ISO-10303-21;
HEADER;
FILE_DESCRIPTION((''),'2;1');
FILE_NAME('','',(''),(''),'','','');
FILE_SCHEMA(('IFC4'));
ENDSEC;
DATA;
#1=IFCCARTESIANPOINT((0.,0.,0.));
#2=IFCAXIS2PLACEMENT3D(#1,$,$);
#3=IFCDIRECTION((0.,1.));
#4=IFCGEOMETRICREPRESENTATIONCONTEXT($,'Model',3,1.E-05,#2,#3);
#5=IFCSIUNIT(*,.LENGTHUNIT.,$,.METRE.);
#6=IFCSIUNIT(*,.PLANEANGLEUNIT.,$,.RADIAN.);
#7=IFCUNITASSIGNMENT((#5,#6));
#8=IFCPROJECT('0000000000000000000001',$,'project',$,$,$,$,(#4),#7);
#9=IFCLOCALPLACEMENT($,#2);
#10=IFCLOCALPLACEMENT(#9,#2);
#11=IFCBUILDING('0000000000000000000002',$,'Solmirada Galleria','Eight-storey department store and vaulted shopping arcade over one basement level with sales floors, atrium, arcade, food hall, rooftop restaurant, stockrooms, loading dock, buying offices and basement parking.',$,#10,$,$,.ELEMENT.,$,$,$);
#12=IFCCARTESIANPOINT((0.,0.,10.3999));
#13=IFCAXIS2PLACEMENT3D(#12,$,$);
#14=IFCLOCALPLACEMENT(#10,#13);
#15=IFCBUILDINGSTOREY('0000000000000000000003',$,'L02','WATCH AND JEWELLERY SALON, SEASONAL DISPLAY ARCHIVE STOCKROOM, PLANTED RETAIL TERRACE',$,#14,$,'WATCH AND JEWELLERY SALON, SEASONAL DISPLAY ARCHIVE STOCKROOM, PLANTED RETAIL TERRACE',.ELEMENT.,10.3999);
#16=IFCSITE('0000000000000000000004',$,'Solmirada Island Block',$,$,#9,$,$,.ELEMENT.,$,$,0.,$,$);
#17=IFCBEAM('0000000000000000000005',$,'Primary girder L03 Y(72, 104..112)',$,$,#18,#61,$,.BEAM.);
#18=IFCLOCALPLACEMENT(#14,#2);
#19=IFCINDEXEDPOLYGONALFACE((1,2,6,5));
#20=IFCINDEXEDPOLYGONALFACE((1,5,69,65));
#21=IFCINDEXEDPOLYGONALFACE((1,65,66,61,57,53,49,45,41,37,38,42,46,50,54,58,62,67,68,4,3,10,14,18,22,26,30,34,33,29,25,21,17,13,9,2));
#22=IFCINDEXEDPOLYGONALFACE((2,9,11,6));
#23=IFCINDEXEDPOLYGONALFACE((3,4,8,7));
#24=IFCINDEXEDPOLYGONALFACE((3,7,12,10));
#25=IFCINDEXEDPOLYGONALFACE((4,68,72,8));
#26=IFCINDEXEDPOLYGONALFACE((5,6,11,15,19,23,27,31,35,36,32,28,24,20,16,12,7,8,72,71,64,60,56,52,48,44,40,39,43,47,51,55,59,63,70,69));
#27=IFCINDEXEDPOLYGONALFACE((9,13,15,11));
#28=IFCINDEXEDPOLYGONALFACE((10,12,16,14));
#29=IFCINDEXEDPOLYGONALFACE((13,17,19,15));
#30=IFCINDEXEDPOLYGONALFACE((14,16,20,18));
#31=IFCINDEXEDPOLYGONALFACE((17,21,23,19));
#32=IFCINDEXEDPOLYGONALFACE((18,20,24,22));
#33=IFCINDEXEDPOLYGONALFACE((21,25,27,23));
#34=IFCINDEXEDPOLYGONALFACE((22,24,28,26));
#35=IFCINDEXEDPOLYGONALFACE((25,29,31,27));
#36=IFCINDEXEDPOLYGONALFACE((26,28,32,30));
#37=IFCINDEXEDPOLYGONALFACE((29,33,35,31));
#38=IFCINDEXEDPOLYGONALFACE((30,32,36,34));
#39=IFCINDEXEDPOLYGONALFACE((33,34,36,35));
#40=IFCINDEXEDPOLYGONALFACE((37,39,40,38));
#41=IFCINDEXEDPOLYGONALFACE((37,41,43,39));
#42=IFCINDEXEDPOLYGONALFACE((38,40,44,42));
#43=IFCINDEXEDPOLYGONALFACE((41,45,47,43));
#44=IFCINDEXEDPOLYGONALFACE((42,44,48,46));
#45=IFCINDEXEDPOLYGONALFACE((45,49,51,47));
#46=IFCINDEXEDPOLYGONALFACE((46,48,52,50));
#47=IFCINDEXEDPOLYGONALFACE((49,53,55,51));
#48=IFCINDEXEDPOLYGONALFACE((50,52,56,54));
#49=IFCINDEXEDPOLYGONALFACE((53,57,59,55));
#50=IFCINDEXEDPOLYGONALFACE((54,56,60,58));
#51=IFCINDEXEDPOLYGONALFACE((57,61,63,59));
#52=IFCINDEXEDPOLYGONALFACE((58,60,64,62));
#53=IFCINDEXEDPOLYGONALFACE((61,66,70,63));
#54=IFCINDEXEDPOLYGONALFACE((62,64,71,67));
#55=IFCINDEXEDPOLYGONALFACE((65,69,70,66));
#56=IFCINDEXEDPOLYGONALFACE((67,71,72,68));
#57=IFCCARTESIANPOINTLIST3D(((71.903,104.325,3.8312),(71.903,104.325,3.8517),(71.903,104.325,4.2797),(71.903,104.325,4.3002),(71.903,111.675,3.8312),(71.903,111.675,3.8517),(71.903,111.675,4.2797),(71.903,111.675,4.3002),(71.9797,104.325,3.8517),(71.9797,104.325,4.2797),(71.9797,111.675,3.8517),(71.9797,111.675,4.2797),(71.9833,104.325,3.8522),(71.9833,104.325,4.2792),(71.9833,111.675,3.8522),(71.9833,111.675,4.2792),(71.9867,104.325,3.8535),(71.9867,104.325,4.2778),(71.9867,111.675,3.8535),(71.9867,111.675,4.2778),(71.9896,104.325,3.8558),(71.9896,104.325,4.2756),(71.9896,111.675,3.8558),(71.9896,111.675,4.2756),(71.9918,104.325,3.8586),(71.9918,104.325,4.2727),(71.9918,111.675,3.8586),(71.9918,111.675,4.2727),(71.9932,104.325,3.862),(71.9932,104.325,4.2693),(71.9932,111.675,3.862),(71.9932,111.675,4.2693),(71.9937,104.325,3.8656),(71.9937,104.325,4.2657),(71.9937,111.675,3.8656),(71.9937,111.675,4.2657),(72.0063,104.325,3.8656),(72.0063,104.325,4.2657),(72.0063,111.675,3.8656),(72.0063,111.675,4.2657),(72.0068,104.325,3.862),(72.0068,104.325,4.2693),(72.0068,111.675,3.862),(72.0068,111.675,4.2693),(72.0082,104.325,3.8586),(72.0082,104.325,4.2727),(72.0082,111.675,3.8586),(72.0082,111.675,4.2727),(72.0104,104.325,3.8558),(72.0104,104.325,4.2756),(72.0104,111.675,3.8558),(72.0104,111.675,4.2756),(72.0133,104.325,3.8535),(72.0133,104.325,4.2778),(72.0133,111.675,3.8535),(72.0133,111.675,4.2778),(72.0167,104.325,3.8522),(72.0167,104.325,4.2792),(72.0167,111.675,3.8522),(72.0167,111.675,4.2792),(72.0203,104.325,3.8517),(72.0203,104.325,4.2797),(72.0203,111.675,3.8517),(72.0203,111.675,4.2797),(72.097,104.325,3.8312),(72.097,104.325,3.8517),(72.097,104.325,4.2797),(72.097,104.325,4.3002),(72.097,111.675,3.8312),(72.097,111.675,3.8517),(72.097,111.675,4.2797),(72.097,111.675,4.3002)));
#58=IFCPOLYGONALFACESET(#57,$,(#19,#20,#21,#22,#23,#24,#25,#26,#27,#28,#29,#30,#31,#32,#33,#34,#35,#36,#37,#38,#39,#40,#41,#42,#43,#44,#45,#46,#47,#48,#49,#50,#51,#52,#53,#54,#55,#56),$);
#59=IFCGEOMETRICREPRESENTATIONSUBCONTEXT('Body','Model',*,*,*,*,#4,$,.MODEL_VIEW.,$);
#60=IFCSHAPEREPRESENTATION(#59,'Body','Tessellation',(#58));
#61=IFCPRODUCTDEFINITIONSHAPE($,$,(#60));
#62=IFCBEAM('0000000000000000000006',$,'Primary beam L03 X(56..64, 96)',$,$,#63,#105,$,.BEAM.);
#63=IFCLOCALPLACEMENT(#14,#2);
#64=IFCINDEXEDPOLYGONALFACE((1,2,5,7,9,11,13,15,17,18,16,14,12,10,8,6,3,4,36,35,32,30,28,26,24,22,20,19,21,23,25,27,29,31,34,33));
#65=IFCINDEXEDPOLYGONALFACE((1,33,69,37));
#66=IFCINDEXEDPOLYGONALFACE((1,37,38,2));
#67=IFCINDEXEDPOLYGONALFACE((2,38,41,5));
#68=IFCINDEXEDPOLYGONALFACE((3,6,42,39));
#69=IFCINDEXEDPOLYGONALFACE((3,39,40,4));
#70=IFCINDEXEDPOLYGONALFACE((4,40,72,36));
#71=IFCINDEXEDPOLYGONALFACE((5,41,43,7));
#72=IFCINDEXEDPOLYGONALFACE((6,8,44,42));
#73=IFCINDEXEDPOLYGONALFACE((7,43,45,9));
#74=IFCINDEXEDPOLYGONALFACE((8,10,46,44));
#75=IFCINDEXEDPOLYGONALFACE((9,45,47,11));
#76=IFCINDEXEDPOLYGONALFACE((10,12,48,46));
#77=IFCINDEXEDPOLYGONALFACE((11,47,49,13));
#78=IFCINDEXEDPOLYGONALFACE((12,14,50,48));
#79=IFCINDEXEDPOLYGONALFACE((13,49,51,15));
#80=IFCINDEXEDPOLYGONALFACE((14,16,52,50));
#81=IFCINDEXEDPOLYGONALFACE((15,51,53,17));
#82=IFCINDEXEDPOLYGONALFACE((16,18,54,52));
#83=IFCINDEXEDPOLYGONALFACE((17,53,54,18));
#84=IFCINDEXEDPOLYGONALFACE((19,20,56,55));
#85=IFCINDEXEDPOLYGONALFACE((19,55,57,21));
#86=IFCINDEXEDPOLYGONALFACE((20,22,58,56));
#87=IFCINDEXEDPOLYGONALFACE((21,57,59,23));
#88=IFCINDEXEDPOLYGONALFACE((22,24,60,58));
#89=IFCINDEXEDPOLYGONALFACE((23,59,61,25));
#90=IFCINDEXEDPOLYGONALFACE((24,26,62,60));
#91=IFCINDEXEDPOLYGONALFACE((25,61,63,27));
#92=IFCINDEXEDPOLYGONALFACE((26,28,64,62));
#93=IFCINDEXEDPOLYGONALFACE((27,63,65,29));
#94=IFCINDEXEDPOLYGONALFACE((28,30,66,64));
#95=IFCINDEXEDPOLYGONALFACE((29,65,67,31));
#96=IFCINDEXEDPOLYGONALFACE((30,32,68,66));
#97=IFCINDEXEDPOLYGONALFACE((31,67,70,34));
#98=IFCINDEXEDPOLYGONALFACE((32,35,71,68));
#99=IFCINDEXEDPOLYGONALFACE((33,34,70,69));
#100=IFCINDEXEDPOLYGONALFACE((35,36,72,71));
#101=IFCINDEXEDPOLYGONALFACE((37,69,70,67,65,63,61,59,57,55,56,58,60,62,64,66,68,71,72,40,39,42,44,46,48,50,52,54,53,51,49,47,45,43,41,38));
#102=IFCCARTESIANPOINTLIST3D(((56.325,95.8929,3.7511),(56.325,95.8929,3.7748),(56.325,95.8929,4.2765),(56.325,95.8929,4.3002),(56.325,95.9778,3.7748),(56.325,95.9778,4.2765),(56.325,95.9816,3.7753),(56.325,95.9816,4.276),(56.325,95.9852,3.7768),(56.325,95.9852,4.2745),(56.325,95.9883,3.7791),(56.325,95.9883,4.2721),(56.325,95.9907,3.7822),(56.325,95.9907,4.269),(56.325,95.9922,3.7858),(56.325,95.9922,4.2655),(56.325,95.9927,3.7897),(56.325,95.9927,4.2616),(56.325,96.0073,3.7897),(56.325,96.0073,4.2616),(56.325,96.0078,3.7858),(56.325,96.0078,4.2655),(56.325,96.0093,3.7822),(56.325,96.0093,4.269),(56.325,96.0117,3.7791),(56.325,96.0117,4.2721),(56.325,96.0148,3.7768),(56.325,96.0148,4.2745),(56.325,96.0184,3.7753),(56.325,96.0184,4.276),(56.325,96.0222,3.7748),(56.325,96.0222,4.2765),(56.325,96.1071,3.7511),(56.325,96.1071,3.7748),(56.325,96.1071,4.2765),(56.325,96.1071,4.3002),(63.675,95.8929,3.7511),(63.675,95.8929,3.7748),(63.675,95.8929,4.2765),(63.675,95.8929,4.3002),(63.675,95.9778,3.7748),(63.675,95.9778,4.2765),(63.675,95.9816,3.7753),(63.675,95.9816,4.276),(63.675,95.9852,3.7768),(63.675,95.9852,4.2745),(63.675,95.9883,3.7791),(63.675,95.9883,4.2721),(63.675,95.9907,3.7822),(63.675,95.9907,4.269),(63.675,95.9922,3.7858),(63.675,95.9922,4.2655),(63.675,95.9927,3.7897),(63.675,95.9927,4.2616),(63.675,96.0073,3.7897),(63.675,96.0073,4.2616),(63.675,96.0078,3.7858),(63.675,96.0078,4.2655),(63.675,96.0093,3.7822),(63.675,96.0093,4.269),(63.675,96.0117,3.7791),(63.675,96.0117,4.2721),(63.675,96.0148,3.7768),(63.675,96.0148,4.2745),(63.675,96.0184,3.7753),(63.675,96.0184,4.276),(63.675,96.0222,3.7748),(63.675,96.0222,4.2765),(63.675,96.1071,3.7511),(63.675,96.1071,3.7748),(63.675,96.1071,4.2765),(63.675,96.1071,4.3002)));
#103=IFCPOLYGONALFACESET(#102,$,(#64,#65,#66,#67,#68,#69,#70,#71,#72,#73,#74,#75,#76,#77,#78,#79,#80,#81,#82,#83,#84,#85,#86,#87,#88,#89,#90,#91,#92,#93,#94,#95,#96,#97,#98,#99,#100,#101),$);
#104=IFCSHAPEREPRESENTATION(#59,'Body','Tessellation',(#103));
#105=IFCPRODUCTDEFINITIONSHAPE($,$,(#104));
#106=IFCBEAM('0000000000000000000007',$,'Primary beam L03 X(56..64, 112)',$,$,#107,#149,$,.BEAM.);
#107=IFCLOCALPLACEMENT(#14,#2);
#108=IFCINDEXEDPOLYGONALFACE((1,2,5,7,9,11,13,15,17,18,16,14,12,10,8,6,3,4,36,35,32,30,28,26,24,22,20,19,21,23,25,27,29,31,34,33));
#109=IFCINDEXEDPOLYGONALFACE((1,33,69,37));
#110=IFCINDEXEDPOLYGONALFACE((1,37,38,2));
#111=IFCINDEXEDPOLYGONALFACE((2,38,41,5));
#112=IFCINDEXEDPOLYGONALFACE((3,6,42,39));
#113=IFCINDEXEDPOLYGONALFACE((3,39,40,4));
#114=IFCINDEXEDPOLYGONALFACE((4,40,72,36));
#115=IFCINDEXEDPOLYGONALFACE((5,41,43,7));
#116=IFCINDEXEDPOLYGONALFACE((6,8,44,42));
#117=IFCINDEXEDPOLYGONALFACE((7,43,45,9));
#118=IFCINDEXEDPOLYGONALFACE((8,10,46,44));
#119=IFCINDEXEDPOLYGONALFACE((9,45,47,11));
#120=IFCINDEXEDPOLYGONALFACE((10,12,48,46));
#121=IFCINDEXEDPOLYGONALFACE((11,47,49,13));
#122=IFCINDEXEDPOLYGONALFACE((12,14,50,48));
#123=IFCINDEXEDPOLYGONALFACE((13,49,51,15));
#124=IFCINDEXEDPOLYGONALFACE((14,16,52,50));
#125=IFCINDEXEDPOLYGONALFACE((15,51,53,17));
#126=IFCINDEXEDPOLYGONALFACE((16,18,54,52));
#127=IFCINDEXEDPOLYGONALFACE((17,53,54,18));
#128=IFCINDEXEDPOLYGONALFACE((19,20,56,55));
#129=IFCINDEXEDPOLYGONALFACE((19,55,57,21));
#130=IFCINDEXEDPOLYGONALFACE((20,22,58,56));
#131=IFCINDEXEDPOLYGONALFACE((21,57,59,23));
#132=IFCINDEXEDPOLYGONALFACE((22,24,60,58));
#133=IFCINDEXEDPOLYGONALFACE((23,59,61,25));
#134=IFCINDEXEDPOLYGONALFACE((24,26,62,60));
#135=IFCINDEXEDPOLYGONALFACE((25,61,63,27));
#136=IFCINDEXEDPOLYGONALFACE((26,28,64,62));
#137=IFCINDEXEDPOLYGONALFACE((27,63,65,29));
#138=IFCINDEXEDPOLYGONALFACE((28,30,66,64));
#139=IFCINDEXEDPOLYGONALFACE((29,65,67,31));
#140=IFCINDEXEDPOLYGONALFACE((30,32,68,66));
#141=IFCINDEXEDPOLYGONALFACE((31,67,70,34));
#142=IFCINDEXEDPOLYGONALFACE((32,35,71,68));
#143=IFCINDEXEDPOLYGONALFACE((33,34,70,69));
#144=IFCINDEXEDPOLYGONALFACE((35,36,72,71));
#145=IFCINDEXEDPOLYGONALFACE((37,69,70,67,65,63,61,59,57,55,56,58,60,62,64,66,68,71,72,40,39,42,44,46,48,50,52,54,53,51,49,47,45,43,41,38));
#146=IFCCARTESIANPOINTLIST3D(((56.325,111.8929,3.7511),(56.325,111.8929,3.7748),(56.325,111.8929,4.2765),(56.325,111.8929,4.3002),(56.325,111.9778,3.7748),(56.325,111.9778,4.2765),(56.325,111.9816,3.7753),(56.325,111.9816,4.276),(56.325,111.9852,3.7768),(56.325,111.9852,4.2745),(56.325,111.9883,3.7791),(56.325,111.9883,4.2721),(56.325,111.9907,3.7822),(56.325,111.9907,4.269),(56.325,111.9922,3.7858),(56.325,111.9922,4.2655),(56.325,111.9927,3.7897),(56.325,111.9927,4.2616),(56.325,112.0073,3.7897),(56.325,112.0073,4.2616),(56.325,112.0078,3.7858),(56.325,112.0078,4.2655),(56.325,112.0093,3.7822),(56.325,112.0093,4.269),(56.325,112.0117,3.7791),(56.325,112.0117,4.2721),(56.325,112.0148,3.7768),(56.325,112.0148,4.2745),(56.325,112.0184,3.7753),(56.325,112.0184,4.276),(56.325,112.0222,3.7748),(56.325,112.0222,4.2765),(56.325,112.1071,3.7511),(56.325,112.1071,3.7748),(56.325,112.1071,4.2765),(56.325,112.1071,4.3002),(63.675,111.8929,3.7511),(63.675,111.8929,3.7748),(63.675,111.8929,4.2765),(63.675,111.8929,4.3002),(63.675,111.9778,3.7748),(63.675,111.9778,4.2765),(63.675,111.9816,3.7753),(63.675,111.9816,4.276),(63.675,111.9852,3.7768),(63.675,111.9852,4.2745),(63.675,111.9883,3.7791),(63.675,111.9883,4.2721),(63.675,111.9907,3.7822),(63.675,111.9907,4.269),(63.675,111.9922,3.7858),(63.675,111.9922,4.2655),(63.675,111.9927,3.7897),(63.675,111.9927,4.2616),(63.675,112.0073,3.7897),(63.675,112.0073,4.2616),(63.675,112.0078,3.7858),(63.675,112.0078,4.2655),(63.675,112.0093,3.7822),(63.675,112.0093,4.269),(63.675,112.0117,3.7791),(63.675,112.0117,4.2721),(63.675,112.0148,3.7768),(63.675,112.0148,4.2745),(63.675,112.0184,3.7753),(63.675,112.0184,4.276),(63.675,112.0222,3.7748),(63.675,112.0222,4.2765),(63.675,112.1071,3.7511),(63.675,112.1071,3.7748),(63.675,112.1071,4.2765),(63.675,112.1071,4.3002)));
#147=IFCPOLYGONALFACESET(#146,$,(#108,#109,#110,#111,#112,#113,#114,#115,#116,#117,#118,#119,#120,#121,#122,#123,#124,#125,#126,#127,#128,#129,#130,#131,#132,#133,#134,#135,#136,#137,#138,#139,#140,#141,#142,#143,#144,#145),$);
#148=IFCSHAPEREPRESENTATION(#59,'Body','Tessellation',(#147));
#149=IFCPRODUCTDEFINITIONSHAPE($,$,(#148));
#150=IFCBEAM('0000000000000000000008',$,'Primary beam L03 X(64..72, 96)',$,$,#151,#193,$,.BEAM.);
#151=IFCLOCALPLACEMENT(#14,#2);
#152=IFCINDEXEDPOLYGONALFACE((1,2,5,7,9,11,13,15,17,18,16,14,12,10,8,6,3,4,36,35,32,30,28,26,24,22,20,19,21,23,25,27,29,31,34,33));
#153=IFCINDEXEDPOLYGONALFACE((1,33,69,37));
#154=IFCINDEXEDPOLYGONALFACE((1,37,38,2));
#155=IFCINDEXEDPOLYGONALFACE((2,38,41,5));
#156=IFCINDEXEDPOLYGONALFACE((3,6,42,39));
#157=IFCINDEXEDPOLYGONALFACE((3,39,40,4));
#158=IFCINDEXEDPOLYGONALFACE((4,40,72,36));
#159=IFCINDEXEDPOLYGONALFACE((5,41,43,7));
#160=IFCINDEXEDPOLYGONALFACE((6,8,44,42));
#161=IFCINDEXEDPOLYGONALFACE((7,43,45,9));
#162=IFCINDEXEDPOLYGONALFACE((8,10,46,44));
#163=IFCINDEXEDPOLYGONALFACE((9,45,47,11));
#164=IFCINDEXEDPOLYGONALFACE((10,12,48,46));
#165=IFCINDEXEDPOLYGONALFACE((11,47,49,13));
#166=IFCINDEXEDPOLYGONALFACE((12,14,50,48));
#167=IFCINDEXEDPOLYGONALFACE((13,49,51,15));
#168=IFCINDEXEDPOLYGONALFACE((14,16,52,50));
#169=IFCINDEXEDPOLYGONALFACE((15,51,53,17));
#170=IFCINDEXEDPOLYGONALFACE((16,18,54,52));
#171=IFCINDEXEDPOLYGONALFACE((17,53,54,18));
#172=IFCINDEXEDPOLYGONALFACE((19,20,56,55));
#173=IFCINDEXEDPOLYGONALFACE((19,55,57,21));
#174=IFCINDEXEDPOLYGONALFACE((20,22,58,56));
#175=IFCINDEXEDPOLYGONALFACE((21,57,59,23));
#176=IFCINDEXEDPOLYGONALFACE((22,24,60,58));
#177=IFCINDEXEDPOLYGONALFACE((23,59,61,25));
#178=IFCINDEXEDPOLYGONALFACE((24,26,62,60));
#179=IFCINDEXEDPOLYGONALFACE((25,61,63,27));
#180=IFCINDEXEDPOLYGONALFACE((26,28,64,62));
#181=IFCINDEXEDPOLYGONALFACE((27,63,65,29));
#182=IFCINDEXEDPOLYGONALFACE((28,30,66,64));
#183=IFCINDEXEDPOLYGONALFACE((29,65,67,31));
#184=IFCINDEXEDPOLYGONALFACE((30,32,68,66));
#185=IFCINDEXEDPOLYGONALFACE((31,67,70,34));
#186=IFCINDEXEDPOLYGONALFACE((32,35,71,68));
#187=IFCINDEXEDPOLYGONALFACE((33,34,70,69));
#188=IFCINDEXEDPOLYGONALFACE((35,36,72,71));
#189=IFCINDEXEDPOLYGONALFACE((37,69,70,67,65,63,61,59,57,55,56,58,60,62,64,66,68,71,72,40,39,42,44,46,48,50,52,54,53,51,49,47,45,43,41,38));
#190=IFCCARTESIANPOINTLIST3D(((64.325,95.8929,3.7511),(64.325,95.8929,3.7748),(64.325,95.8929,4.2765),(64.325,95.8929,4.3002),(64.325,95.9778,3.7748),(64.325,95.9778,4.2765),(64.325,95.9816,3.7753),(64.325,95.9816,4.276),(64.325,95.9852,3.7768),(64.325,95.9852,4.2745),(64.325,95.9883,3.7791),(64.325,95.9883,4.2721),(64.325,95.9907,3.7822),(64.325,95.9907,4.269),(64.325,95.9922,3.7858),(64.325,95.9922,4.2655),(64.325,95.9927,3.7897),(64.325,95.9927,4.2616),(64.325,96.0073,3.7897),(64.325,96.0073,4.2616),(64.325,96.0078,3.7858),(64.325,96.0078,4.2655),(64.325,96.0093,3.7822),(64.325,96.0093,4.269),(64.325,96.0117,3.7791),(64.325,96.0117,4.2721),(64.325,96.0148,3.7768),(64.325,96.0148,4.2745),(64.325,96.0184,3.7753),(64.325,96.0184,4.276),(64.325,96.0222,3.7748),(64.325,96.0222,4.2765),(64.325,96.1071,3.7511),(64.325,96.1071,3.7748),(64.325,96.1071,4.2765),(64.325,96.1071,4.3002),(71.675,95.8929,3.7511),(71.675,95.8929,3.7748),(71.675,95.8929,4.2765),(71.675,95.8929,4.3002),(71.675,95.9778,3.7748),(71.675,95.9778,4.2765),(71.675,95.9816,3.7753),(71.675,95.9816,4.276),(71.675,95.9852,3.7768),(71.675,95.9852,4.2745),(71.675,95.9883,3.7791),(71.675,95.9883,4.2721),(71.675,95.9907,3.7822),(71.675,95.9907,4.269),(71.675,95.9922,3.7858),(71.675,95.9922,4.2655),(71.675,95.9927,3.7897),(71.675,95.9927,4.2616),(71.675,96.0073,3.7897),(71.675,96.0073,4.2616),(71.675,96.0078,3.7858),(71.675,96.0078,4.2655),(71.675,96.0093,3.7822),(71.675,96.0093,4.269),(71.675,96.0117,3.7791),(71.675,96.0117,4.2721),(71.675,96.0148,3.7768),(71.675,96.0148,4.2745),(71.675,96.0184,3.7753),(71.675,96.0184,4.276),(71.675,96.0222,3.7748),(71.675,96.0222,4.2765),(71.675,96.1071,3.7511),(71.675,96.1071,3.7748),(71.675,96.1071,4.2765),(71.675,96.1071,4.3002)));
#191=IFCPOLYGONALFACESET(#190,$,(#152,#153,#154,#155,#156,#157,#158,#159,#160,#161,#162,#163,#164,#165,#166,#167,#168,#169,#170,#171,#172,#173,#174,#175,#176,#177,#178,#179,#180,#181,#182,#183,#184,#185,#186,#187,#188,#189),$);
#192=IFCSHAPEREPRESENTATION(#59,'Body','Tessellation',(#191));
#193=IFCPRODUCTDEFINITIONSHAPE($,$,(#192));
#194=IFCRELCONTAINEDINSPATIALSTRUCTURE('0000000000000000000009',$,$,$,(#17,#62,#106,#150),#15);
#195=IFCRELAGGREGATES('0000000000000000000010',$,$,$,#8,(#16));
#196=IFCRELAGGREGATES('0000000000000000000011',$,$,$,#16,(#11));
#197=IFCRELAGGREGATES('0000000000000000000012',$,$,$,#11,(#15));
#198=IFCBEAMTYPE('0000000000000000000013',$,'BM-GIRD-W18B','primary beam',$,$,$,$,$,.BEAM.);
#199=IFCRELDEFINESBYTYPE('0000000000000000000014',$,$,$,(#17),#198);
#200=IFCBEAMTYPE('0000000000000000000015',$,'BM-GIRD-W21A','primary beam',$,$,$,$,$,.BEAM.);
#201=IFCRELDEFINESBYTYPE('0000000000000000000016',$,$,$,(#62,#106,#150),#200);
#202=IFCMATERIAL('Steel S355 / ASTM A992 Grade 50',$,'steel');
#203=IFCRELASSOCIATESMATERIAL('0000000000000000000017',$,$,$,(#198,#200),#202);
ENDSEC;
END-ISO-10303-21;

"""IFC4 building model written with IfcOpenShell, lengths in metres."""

from ifc_helpers import new_model, si_unit, direction, frame, origin, origin_2d, place, context, subcontext, project, spatial, i_section, extrude, material, material_profile, profile_set, type_object, element, save


model = new_model("IFC4")

# Units and contexts
model_context = context("Model", 3, precision=1e-05, world=origin(), true_north=direction((0.0, 1.0)))
body_context = subcontext(model_context, "Body", "Model", "MODEL_VIEW")
ifc_project = project(units=[si_unit("LENGTHUNIT", "METRE"), si_unit("PLANEANGLEUNIT", "RADIAN")], contexts=[model_context])

# Site, building, storey
site_placement = place(None, origin())
site = spatial("IfcSite", under=ifc_project, at=site_placement, Name="Solmirada Island Block", CompositionType="ELEMENT", RefElevation=0.0)
building_placement = place(site_placement, origin())
building = spatial("IfcBuilding", under=site, at=building_placement, Name="Solmirada Galleria", Description="Eight-storey department store and vaulted shopping arcade over one basement level with sales floors, atrium, arcade, food hall, rooftop restaurant, stockrooms, loading dock, buying offices and basement parking.", CompositionType="ELEMENT")
storey_placement = place(building_placement, frame((0.0, 0.0, 10.3999)))
storey = spatial("IfcBuildingStorey", under=building, at=storey_placement, Name="L02", Description="WATCH AND JEWELLERY SALON, SEASONAL DISPLAY ARCHIVE STOCKROOM, PLANTED RETAIL TERRACE", LongName="WATCH AND JEWELLERY SALON, SEASONAL DISPLAY ARCHIVE STOCKROOM, PLANTED RETAIL TERRACE", CompositionType="ELEMENT", Elevation=10.3999)

# Beams
ifc_material_1 = material(Name="Steel S355 / ASTM A992 Grade 50", Category="steel")
ifc_material_profile_1 = material_profile(ifc_material_1, i_section(OverallWidth=0.1941, OverallDepth=0.469, WebThickness=0.0127, FlangeThickness=0.0205, FilletRadius=0.0139, at=origin_2d()), Name="W18X71")
ifc_profile_set_1 = profile_set([ifc_material_profile_1], Name="Steel S355 / ASTM A992 Grade 50")
beam_type_1 = type_object("IfcBeamType", Name="BM-GIRD-W18B", Description="primary beam", PredefinedType="BEAM", material=ifc_profile_set_1)
for number, where, z_axis, x_axis, name in (
    (1, (72.0, 104.325, 4.0657), (0.0, 1.0, 0.0), (-1.0, 0.0, 0.0), "Primary girder L03 Y(72, 104..112)"),
):
    element("IfcBeam", number, at=place(storey_placement, frame(where, z_axis=z_axis, x_axis=x_axis)), inside=storey, type_object=beam_type_1, Name=name, PredefinedType="BEAM", context=body_context, shape_type="SweptSolid", body=[
        extrude(i_section(OverallWidth=0.1941, OverallDepth=0.469, WebThickness=0.0127, FlangeThickness=0.0205, FilletRadius=0.0139, at=origin_2d()), origin(), (0.0, 0.0, 1.0), 7.3501),
    ])
ifc_material_profile_2 = material_profile(ifc_material_1, i_section(OverallWidth=0.2141, OverallDepth=0.5491, WebThickness=0.0146, FlangeThickness=0.0237, FilletRadius=0.0149, at=origin_2d()), Name="W21X93")
ifc_profile_set_2 = profile_set([ifc_material_profile_2], Name="Steel S355 / ASTM A992 Grade 50")
beam_type_2 = type_object("IfcBeamType", Name="BM-GIRD-W21A", Description="primary beam", PredefinedType="BEAM", material=ifc_profile_set_2)
for number, where, z_axis, x_axis, name in (
    (2, (56.325, 96.0, 4.0256), (1.0, 0.0, 0.0), (0.0, 1.0, 0.0), "Primary beam L03 X(56..64, 96)"),
    (3, (56.325, 112.0, 4.0256), (1.0, 0.0, 0.0), (0.0, 1.0, 0.0), "Primary beam L03 X(56..64, 112)"),
    (4, (64.325, 96.0, 4.0256), (1.0, 0.0, 0.0), (0.0, 1.0, 0.0), "Primary beam L03 X(64..72, 96)"),
):
    element("IfcBeam", number, at=place(storey_placement, frame(where, z_axis=z_axis, x_axis=x_axis)), inside=storey, type_object=beam_type_2, Name=name, PredefinedType="BEAM", context=body_context, shape_type="SweptSolid", body=[
        extrude(i_section(OverallWidth=0.2141, OverallDepth=0.5491, WebThickness=0.0146, FlangeThickness=0.0237, FilletRadius=0.0149, at=origin_2d()), origin(), (0.0, 0.0, 1.0), 7.3501),
    ])

save(model, "model.ifc")
